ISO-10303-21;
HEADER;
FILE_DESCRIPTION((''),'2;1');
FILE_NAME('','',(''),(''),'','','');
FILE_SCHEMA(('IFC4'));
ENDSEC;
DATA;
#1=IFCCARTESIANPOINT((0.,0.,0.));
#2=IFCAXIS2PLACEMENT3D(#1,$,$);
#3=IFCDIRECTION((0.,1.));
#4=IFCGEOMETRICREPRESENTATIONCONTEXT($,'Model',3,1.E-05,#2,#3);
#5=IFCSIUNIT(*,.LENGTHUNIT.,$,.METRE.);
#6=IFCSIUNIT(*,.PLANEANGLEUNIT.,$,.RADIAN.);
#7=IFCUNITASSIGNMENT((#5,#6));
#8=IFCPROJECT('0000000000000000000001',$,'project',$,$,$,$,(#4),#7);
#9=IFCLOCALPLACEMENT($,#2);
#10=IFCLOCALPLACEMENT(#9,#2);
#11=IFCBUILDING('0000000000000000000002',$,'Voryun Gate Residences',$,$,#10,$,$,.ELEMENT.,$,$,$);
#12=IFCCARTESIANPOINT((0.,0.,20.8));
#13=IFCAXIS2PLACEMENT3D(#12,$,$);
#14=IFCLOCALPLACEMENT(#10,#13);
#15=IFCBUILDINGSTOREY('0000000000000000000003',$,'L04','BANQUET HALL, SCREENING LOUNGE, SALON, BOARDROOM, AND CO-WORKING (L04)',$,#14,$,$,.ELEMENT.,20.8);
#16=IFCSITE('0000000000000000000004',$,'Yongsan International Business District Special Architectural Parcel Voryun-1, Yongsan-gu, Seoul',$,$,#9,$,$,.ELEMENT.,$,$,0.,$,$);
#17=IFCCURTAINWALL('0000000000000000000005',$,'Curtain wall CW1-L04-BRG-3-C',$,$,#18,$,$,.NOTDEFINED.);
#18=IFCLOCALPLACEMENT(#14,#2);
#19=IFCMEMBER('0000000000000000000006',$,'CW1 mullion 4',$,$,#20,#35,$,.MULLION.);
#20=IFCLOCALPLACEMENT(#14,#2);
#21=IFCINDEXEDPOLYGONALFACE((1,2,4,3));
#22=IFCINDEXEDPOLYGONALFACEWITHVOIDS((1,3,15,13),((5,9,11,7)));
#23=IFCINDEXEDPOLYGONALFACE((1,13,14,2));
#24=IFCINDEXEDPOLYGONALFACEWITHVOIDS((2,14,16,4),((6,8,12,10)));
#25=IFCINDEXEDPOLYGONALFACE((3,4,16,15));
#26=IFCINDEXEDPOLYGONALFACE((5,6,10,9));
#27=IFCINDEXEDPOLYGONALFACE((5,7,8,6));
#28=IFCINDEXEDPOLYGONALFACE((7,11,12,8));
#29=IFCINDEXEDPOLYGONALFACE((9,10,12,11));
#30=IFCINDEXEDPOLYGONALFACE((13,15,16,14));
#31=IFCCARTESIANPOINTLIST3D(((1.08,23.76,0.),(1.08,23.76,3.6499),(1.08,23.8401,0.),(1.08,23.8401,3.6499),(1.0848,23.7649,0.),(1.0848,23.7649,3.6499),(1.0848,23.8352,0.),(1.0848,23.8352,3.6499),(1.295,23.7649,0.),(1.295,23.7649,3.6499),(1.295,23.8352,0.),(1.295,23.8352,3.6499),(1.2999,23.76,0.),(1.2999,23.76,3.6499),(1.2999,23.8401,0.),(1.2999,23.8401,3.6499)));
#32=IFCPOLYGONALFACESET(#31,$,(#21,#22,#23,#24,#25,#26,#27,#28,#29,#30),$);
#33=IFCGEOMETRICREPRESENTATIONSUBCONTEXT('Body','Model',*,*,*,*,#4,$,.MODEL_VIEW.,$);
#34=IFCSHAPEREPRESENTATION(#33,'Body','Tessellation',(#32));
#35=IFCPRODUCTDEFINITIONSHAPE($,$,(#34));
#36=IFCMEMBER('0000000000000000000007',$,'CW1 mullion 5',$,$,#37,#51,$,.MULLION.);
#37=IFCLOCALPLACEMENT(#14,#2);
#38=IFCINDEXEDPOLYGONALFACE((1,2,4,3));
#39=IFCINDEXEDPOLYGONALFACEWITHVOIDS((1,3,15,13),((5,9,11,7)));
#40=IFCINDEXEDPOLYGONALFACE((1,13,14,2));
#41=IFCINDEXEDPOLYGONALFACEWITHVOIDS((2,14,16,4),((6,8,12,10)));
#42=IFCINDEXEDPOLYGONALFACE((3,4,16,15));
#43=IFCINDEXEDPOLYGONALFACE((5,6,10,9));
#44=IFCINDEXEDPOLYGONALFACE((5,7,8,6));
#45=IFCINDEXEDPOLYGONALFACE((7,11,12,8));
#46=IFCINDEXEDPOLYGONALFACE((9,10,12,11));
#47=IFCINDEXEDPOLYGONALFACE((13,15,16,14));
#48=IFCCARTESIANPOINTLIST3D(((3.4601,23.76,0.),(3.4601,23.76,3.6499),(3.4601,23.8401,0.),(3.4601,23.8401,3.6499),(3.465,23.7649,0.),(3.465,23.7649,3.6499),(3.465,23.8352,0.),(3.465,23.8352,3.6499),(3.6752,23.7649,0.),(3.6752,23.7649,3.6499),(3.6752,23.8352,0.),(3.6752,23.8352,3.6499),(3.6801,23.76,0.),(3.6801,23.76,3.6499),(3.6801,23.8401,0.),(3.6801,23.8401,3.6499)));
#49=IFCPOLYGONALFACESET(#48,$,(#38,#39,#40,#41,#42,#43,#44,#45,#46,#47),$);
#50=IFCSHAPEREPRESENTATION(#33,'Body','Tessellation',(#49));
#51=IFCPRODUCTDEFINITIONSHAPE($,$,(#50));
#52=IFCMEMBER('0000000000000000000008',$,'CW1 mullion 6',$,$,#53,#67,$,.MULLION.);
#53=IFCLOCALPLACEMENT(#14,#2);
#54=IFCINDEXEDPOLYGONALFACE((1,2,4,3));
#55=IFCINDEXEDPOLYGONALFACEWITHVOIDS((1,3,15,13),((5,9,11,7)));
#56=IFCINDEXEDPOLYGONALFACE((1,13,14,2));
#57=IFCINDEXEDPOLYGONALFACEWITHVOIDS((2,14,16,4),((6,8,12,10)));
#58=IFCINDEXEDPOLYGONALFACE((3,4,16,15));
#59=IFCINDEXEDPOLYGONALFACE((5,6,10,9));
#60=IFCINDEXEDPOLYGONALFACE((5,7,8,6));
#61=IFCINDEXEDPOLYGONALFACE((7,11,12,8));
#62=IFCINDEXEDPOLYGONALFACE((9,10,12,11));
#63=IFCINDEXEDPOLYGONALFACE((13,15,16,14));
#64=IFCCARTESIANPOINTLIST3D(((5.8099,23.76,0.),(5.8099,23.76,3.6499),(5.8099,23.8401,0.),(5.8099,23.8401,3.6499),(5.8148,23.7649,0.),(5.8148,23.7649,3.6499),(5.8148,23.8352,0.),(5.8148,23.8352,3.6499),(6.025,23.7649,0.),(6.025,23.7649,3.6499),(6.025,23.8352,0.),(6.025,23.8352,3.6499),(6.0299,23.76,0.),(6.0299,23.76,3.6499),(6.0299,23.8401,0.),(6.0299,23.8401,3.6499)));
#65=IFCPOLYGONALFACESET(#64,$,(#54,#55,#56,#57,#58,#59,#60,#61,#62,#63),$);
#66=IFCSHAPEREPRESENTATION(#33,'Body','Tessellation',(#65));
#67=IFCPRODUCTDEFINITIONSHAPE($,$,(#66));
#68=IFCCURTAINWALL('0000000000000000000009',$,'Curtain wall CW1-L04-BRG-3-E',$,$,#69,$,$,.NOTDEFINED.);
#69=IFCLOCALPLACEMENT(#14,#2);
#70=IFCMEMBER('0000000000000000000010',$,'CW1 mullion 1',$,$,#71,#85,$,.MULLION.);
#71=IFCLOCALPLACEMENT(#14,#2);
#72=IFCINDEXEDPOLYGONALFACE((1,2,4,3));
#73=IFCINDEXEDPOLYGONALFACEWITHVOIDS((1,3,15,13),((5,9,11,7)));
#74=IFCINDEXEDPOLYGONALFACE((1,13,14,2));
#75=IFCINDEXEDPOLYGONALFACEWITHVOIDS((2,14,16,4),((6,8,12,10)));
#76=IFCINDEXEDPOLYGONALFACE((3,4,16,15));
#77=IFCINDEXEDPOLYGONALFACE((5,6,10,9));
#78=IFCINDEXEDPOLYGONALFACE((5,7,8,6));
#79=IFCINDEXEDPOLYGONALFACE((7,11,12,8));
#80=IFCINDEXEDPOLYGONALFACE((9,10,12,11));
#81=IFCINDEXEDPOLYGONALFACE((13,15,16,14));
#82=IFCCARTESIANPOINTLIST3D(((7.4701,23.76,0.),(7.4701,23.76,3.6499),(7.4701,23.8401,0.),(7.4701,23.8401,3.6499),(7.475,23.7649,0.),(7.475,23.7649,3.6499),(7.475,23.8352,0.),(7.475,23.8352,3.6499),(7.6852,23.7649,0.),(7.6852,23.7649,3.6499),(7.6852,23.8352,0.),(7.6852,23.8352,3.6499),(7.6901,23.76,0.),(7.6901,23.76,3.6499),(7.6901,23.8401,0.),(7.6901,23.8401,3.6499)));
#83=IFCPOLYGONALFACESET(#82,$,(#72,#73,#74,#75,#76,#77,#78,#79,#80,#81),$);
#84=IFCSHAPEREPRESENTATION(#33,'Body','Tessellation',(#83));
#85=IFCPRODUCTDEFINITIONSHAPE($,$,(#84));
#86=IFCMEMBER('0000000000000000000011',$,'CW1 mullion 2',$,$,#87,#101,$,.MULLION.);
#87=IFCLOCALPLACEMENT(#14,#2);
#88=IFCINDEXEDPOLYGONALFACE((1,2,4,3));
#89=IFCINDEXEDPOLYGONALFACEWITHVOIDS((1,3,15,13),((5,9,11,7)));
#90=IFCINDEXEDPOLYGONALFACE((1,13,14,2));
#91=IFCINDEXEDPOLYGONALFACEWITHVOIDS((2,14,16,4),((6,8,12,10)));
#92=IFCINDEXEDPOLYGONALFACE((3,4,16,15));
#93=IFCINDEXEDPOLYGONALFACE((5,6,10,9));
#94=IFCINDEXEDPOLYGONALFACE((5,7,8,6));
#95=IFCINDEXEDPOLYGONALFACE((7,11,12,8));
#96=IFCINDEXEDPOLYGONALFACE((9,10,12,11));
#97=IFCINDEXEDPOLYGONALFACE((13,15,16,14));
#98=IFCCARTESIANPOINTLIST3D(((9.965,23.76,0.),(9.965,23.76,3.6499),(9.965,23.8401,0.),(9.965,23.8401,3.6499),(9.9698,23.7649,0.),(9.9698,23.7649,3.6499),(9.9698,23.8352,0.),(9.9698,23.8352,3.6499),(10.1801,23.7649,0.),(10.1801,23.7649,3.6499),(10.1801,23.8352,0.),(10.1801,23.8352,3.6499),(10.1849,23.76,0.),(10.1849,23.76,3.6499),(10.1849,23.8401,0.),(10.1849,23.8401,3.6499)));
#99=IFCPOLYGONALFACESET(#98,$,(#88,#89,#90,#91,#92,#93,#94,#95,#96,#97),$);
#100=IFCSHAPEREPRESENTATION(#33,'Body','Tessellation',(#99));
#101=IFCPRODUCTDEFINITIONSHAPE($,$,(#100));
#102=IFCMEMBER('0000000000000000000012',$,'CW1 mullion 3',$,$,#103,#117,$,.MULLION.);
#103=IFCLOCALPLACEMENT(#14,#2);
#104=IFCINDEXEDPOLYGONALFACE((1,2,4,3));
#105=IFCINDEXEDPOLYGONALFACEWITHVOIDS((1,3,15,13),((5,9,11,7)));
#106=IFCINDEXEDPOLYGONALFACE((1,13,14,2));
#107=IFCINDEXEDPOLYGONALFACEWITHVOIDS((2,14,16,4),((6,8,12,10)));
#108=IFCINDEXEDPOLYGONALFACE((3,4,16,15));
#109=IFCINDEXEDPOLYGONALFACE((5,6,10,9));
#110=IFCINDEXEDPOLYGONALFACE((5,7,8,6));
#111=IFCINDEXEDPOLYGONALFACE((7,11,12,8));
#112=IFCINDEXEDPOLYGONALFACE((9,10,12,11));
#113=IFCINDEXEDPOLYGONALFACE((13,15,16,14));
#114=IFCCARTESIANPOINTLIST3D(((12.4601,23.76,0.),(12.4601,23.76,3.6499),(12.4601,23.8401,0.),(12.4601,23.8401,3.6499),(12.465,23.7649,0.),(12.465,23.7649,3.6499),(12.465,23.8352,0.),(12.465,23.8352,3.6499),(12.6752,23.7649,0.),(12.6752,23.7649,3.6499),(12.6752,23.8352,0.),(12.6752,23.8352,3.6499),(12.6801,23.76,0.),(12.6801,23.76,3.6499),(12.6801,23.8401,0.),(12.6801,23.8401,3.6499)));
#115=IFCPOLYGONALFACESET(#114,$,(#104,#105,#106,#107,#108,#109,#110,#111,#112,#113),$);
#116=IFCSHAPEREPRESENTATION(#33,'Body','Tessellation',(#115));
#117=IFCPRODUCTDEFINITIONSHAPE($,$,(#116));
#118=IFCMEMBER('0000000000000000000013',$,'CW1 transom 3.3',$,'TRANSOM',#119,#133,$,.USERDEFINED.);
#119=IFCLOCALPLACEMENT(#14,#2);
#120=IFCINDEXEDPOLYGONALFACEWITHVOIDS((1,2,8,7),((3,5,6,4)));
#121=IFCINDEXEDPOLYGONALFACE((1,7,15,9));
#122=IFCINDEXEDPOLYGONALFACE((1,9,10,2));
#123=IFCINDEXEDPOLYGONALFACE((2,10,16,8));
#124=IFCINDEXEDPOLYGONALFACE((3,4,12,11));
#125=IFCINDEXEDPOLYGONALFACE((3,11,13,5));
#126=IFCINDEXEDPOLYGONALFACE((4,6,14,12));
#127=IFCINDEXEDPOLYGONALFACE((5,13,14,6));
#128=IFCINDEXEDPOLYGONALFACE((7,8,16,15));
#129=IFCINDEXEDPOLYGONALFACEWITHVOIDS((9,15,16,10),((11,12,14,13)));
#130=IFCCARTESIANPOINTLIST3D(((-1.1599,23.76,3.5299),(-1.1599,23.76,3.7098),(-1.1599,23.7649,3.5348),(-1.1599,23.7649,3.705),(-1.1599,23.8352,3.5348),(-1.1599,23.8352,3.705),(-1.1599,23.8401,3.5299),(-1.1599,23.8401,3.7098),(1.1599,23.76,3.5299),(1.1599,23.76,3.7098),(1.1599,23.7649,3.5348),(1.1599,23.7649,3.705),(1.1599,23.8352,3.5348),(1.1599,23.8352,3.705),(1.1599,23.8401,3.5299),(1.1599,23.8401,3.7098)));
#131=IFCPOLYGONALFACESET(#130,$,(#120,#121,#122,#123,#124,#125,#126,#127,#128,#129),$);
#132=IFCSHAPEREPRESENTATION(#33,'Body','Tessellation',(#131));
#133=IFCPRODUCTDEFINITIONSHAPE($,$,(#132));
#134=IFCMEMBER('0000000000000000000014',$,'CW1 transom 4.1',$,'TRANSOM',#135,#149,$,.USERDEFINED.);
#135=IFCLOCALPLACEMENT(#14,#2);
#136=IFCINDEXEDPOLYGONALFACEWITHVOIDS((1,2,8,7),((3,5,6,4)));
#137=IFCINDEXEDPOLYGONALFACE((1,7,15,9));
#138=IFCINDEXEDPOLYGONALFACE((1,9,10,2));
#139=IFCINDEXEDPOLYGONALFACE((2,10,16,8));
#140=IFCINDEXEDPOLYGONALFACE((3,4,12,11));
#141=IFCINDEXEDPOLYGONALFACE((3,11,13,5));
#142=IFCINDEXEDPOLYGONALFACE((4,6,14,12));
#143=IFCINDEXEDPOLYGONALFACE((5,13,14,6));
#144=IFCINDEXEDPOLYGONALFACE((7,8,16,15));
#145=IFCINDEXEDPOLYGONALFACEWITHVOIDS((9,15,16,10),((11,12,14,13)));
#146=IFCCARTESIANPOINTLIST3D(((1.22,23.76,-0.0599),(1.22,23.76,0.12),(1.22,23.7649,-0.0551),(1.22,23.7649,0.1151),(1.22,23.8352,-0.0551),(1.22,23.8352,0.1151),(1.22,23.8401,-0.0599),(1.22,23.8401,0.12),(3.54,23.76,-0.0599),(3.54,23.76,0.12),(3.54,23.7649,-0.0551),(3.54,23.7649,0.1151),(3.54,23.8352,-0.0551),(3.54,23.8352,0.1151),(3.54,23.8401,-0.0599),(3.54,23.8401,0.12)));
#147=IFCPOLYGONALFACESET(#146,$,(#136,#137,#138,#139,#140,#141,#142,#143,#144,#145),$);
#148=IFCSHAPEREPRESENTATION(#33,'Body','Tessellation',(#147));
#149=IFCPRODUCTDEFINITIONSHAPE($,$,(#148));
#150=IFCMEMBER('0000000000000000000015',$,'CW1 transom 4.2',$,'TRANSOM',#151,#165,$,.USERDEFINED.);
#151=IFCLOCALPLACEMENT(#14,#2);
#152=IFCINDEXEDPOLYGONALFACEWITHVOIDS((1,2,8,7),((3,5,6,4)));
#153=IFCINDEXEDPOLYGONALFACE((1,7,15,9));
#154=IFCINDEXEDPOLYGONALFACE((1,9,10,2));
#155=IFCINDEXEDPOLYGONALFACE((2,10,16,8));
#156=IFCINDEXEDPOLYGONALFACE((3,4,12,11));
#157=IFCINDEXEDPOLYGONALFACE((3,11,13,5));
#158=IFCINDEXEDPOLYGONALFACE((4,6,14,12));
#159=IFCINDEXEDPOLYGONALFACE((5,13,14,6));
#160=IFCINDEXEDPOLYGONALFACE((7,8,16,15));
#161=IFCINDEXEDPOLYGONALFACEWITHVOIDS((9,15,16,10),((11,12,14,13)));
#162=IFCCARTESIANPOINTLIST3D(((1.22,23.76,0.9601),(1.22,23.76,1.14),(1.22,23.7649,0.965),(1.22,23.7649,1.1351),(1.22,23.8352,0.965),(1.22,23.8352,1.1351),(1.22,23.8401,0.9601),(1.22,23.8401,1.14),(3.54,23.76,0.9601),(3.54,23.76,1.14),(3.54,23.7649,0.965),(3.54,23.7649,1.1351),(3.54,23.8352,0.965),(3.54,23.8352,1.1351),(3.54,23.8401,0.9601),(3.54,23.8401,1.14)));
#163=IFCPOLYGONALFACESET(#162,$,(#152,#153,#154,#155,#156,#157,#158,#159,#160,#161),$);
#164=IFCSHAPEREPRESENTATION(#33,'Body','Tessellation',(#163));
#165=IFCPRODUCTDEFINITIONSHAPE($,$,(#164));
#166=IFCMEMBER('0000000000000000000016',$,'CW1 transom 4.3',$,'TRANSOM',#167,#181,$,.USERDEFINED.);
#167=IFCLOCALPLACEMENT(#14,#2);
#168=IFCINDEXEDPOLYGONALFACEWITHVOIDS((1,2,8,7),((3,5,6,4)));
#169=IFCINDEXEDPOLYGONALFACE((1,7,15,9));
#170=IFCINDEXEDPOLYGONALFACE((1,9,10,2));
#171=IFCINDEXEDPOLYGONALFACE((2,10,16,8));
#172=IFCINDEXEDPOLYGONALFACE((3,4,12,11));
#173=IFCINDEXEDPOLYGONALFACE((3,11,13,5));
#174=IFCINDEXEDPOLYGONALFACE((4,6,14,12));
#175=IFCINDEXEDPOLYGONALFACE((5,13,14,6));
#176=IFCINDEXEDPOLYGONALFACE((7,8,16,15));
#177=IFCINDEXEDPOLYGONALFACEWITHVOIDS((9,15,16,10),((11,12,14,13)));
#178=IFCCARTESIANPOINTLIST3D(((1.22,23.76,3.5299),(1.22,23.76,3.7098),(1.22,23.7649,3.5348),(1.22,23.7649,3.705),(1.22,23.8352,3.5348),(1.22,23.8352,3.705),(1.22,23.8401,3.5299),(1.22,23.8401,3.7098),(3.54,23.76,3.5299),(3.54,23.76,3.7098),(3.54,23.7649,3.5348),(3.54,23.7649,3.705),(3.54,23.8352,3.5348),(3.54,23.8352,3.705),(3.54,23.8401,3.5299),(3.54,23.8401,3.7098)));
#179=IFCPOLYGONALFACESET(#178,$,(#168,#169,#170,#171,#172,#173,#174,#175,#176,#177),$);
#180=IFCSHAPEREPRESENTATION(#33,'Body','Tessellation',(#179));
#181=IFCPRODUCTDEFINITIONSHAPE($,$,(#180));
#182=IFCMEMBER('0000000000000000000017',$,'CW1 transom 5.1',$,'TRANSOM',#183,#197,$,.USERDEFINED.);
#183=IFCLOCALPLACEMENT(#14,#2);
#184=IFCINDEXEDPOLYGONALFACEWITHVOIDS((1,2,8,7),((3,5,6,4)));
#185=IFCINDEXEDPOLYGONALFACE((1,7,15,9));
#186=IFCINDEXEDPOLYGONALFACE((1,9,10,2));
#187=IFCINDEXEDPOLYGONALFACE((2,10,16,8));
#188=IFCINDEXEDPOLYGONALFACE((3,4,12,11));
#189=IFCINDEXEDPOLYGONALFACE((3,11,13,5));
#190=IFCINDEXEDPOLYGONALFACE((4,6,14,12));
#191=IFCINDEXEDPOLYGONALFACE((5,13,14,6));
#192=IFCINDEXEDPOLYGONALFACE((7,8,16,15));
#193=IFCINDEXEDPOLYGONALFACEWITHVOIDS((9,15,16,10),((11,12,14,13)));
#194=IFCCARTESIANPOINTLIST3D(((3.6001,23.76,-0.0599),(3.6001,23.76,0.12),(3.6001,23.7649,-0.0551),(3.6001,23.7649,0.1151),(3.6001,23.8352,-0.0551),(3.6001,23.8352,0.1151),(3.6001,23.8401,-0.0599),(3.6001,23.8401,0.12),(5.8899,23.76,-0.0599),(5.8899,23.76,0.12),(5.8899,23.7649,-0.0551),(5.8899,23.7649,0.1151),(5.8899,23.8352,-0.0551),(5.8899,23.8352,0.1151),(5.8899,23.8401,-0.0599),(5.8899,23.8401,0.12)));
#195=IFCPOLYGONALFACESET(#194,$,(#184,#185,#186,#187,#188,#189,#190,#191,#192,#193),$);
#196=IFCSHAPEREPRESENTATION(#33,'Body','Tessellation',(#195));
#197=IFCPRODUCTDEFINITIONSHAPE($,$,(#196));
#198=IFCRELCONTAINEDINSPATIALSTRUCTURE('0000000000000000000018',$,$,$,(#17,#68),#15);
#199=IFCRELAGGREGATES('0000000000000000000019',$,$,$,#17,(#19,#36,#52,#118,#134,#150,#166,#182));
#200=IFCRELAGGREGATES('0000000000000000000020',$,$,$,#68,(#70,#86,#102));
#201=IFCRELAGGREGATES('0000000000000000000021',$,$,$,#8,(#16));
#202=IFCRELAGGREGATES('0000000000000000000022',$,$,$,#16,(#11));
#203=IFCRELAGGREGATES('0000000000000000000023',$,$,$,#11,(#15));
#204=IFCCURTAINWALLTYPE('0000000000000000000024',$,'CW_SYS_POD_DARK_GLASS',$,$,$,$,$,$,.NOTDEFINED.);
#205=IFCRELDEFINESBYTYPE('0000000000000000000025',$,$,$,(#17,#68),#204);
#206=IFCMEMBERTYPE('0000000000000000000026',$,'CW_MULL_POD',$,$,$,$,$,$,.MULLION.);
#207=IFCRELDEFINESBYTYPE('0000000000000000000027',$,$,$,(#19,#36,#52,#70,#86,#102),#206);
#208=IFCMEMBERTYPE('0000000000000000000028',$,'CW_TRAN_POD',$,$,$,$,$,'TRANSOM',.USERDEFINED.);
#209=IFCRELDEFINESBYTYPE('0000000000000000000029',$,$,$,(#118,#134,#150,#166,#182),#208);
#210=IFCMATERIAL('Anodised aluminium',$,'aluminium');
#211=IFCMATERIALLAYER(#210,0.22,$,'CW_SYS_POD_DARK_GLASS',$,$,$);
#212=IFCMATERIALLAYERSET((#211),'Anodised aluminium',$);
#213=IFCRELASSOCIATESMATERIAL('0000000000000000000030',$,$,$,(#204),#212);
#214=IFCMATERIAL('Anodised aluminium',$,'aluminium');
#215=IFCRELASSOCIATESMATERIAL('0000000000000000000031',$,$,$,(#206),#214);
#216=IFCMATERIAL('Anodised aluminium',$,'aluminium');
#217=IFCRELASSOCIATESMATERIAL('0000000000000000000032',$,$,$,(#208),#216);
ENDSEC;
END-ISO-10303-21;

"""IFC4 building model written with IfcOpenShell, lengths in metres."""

from ifc_helpers import new_model, si_unit, direction, frame, origin, origin_2d, place, context, subcontext, project, spatial, hollow_rectangle, extrude, material, layer, layer_set, material_profile, profile_set, type_object, element, aggregate, save


model = new_model("IFC4")

# Units and contexts
model_context = context("Model", 3, precision=1e-05, world=origin(), true_north=direction((0.0, 1.0)))
body_context = subcontext(model_context, "Body", "Model", "MODEL_VIEW")
ifc_project = project(units=[si_unit("LENGTHUNIT", "METRE"), si_unit("PLANEANGLEUNIT", "RADIAN")], contexts=[model_context])

# Site, building, storey
site_placement = place(None, origin())
site = spatial("IfcSite", under=ifc_project, at=site_placement, Name="Yongsan International Business District Special Architectural Parcel Voryun-1, Yongsan-gu, Seoul", CompositionType="ELEMENT", RefElevation=0.0)
building_placement = place(site_placement, origin())
building = spatial("IfcBuilding", under=site, at=building_placement, Name="Voryun Gate Residences", CompositionType="ELEMENT")
storey_placement = place(building_placement, frame((0.0, 0.0, 20.8)))
storey = spatial("IfcBuildingStorey", under=building, at=storey_placement, Name="L04", Description="BANQUET HALL, SCREENING LOUNGE, SALON, BOARDROOM, AND CO-WORKING (L04)", CompositionType="ELEMENT", Elevation=20.8)

# Curtain walls, members
ifc_material_1 = material(Name="Anodised aluminium", Category="aluminium")
ifc_layer_1 = layer(ifc_material_1, 0.22, Name="CW_SYS_POD_DARK_GLASS")
ifc_layer_set_1 = layer_set([ifc_layer_1], Name="Anodised aluminium")
curtain_wall_type = type_object("IfcCurtainWallType", Name="CW_SYS_POD_DARK_GLASS", PredefinedType="NOTDEFINED", material=ifc_layer_set_1)
curtain_wall_1_placement = place(storey_placement, origin())
curtain_wall_1 = element("IfcCurtainWall", 1, at=curtain_wall_1_placement, inside=storey, type_object=curtain_wall_type, Name="Curtain wall CW1-L04-BRG-3-C", PredefinedType="NOTDEFINED")
ifc_material_2 = material(Name="Anodised aluminium", Category="aluminium")
ifc_material_profile_1 = material_profile(ifc_material_2, hollow_rectangle(XDim=0.0801, YDim=0.22, WallThickness=0.0049, at=origin_2d()), Name="ALU-MULL-220x80x5")
ifc_profile_set_1 = profile_set([ifc_material_profile_1], Name="Anodised aluminium")
member_type_1 = type_object("IfcMemberType", Name="CW_MULL_POD", PredefinedType="MULLION", material=ifc_profile_set_1)
member_1_placement = place(storey_placement, frame((1.1899, 23.8, 0.0), z_axis=(0.0, 0.0, 1.0), x_axis=(0.0, 1.0, 0.0)))
member_1 = element("IfcMember", 2, at=member_1_placement, type_object=member_type_1, Name="CW1 mullion 4", PredefinedType="MULLION", context=body_context, shape_type="SweptSolid", body=[
    extrude(hollow_rectangle(XDim=0.0801, YDim=0.22, WallThickness=0.0049, at=origin_2d()), origin(), (0.0, 0.0, 1.0), 3.6499),
])
member_2_placement = place(storey_placement, frame((3.5701, 23.8, 0.0), z_axis=(0.0, 0.0, 1.0), x_axis=(0.0, 1.0, 0.0)))
member_2 = element("IfcMember", 3, at=member_2_placement, type_object=member_type_1, Name="CW1 mullion 5", PredefinedType="MULLION", context=body_context, shape_type="SweptSolid", body=[
    extrude(hollow_rectangle(XDim=0.0801, YDim=0.22, WallThickness=0.0049, at=origin_2d()), origin(), (0.0, 0.0, 1.0), 3.6499),
])
member_3_placement = place(storey_placement, frame((5.9199, 23.8, 0.0), z_axis=(0.0, 0.0, 1.0), x_axis=(0.0, 1.0, 0.0)))
member_3 = element("IfcMember", 4, at=member_3_placement, type_object=member_type_1, Name="CW1 mullion 6", PredefinedType="MULLION", context=body_context, shape_type="SweptSolid", body=[
    extrude(hollow_rectangle(XDim=0.0801, YDim=0.22, WallThickness=0.0049, at=origin_2d()), origin(), (0.0, 0.0, 1.0), 3.6499),
])
curtain_wall_2_placement = place(storey_placement, origin())
curtain_wall_2 = element("IfcCurtainWall", 5, at=curtain_wall_2_placement, inside=storey, type_object=curtain_wall_type, Name="Curtain wall CW1-L04-BRG-3-E", PredefinedType="NOTDEFINED")
member_4_placement = place(storey_placement, frame((7.5801, 23.8, 0.0), z_axis=(0.0, 0.0, 1.0), x_axis=(0.0, 1.0, 0.0)))
member_4 = element("IfcMember", 6, at=member_4_placement, type_object=member_type_1, Name="CW1 mullion 1", PredefinedType="MULLION", context=body_context, shape_type="SweptSolid", body=[
    extrude(hollow_rectangle(XDim=0.0801, YDim=0.22, WallThickness=0.0049, at=origin_2d()), origin(), (0.0, 0.0, 1.0), 3.6499),
])
member_5_placement = place(storey_placement, frame((10.075, 23.8, 0.0), z_axis=(0.0, 0.0, 1.0), x_axis=(0.0, 1.0, 0.0)))
member_5 = element("IfcMember", 7, at=member_5_placement, type_object=member_type_1, Name="CW1 mullion 2", PredefinedType="MULLION", context=body_context, shape_type="SweptSolid", body=[
    extrude(hollow_rectangle(XDim=0.0801, YDim=0.22, WallThickness=0.0049, at=origin_2d()), origin(), (0.0, 0.0, 1.0), 3.6499),
])
member_6_placement = place(storey_placement, frame((12.5701, 23.8, 0.0), z_axis=(0.0, 0.0, 1.0), x_axis=(0.0, 1.0, 0.0)))
member_6 = element("IfcMember", 8, at=member_6_placement, type_object=member_type_1, Name="CW1 mullion 3", PredefinedType="MULLION", context=body_context, shape_type="SweptSolid", body=[
    extrude(hollow_rectangle(XDim=0.0801, YDim=0.22, WallThickness=0.0049, at=origin_2d()), origin(), (0.0, 0.0, 1.0), 3.6499),
])

# Members
ifc_material_3 = material(Name="Anodised aluminium", Category="aluminium")
ifc_material_profile_2 = material_profile(ifc_material_3, hollow_rectangle(XDim=0.0801, YDim=0.1799, WallThickness=0.0049, at=origin_2d()), Name="ALU-TRAN-180x80x5")
ifc_profile_set_2 = profile_set([ifc_material_profile_2], Name="Anodised aluminium")
member_type_2 = type_object("IfcMemberType", Name="CW_TRAN_POD", ElementType="TRANSOM", PredefinedType="USERDEFINED", material=ifc_profile_set_2)
member_7_placement = place(storey_placement, frame((-1.1599, 23.8, 3.6199), z_axis=(1.0, 0.0, 0.0), x_axis=(0.0, 1.0, 0.0)))
member_7 = element("IfcMember", 9, at=member_7_placement, type_object=member_type_2, Name="CW1 transom 3.3", ObjectType="TRANSOM", PredefinedType="USERDEFINED", context=body_context, shape_type="SweptSolid", body=[
    extrude(hollow_rectangle(XDim=0.0801, YDim=0.1799, WallThickness=0.0049, at=origin_2d()), origin(), (0.0, 0.0, 1.0), 2.3198),
])
member_8_placement = place(storey_placement, frame((1.22, 23.8, 0.03), z_axis=(1.0, 0.0, 0.0), x_axis=(0.0, 1.0, 0.0)))
member_8 = element("IfcMember", 10, at=member_8_placement, type_object=member_type_2, Name="CW1 transom 4.1", ObjectType="TRANSOM", PredefinedType="USERDEFINED", context=body_context, shape_type="SweptSolid", body=[
    extrude(hollow_rectangle(XDim=0.0801, YDim=0.1799, WallThickness=0.0049, at=origin_2d()), origin(), (0.0, 0.0, 1.0), 2.3201),
])
member_9_placement = place(storey_placement, frame((1.22, 23.8, 1.05), z_axis=(1.0, 0.0, 0.0), x_axis=(0.0, 1.0, 0.0)))
member_9 = element("IfcMember", 11, at=member_9_placement, type_object=member_type_2, Name="CW1 transom 4.2", ObjectType="TRANSOM", PredefinedType="USERDEFINED", context=body_context, shape_type="SweptSolid", body=[
    extrude(hollow_rectangle(XDim=0.0801, YDim=0.1799, WallThickness=0.0049, at=origin_2d()), origin(), (0.0, 0.0, 1.0), 2.3201),
])
member_10_placement = place(storey_placement, frame((1.22, 23.8, 3.6199), z_axis=(1.0, 0.0, 0.0), x_axis=(0.0, 1.0, 0.0)))
member_10 = element("IfcMember", 12, at=member_10_placement, type_object=member_type_2, Name="CW1 transom 4.3", ObjectType="TRANSOM", PredefinedType="USERDEFINED", context=body_context, shape_type="SweptSolid", body=[
    extrude(hollow_rectangle(XDim=0.0801, YDim=0.1799, WallThickness=0.0049, at=origin_2d()), origin(), (0.0, 0.0, 1.0), 2.3201),
])
member_11_placement = place(storey_placement, frame((3.6001, 23.8, 0.03), z_axis=(1.0, 0.0, 0.0), x_axis=(0.0, 1.0, 0.0)))
member_11 = element("IfcMember", 13, at=member_11_placement, type_object=member_type_2, Name="CW1 transom 5.1", ObjectType="TRANSOM", PredefinedType="USERDEFINED", context=body_context, shape_type="SweptSolid", body=[
    extrude(hollow_rectangle(XDim=0.0801, YDim=0.1799, WallThickness=0.0049, at=origin_2d()), origin(), (0.0, 0.0, 1.0), 2.2898),
])

aggregate(curtain_wall_1, [member_1, member_2, member_3, member_7, member_8, member_9, member_10, member_11])
aggregate(curtain_wall_2, [member_4, member_5, member_6])

save(model, "model.ifc")
